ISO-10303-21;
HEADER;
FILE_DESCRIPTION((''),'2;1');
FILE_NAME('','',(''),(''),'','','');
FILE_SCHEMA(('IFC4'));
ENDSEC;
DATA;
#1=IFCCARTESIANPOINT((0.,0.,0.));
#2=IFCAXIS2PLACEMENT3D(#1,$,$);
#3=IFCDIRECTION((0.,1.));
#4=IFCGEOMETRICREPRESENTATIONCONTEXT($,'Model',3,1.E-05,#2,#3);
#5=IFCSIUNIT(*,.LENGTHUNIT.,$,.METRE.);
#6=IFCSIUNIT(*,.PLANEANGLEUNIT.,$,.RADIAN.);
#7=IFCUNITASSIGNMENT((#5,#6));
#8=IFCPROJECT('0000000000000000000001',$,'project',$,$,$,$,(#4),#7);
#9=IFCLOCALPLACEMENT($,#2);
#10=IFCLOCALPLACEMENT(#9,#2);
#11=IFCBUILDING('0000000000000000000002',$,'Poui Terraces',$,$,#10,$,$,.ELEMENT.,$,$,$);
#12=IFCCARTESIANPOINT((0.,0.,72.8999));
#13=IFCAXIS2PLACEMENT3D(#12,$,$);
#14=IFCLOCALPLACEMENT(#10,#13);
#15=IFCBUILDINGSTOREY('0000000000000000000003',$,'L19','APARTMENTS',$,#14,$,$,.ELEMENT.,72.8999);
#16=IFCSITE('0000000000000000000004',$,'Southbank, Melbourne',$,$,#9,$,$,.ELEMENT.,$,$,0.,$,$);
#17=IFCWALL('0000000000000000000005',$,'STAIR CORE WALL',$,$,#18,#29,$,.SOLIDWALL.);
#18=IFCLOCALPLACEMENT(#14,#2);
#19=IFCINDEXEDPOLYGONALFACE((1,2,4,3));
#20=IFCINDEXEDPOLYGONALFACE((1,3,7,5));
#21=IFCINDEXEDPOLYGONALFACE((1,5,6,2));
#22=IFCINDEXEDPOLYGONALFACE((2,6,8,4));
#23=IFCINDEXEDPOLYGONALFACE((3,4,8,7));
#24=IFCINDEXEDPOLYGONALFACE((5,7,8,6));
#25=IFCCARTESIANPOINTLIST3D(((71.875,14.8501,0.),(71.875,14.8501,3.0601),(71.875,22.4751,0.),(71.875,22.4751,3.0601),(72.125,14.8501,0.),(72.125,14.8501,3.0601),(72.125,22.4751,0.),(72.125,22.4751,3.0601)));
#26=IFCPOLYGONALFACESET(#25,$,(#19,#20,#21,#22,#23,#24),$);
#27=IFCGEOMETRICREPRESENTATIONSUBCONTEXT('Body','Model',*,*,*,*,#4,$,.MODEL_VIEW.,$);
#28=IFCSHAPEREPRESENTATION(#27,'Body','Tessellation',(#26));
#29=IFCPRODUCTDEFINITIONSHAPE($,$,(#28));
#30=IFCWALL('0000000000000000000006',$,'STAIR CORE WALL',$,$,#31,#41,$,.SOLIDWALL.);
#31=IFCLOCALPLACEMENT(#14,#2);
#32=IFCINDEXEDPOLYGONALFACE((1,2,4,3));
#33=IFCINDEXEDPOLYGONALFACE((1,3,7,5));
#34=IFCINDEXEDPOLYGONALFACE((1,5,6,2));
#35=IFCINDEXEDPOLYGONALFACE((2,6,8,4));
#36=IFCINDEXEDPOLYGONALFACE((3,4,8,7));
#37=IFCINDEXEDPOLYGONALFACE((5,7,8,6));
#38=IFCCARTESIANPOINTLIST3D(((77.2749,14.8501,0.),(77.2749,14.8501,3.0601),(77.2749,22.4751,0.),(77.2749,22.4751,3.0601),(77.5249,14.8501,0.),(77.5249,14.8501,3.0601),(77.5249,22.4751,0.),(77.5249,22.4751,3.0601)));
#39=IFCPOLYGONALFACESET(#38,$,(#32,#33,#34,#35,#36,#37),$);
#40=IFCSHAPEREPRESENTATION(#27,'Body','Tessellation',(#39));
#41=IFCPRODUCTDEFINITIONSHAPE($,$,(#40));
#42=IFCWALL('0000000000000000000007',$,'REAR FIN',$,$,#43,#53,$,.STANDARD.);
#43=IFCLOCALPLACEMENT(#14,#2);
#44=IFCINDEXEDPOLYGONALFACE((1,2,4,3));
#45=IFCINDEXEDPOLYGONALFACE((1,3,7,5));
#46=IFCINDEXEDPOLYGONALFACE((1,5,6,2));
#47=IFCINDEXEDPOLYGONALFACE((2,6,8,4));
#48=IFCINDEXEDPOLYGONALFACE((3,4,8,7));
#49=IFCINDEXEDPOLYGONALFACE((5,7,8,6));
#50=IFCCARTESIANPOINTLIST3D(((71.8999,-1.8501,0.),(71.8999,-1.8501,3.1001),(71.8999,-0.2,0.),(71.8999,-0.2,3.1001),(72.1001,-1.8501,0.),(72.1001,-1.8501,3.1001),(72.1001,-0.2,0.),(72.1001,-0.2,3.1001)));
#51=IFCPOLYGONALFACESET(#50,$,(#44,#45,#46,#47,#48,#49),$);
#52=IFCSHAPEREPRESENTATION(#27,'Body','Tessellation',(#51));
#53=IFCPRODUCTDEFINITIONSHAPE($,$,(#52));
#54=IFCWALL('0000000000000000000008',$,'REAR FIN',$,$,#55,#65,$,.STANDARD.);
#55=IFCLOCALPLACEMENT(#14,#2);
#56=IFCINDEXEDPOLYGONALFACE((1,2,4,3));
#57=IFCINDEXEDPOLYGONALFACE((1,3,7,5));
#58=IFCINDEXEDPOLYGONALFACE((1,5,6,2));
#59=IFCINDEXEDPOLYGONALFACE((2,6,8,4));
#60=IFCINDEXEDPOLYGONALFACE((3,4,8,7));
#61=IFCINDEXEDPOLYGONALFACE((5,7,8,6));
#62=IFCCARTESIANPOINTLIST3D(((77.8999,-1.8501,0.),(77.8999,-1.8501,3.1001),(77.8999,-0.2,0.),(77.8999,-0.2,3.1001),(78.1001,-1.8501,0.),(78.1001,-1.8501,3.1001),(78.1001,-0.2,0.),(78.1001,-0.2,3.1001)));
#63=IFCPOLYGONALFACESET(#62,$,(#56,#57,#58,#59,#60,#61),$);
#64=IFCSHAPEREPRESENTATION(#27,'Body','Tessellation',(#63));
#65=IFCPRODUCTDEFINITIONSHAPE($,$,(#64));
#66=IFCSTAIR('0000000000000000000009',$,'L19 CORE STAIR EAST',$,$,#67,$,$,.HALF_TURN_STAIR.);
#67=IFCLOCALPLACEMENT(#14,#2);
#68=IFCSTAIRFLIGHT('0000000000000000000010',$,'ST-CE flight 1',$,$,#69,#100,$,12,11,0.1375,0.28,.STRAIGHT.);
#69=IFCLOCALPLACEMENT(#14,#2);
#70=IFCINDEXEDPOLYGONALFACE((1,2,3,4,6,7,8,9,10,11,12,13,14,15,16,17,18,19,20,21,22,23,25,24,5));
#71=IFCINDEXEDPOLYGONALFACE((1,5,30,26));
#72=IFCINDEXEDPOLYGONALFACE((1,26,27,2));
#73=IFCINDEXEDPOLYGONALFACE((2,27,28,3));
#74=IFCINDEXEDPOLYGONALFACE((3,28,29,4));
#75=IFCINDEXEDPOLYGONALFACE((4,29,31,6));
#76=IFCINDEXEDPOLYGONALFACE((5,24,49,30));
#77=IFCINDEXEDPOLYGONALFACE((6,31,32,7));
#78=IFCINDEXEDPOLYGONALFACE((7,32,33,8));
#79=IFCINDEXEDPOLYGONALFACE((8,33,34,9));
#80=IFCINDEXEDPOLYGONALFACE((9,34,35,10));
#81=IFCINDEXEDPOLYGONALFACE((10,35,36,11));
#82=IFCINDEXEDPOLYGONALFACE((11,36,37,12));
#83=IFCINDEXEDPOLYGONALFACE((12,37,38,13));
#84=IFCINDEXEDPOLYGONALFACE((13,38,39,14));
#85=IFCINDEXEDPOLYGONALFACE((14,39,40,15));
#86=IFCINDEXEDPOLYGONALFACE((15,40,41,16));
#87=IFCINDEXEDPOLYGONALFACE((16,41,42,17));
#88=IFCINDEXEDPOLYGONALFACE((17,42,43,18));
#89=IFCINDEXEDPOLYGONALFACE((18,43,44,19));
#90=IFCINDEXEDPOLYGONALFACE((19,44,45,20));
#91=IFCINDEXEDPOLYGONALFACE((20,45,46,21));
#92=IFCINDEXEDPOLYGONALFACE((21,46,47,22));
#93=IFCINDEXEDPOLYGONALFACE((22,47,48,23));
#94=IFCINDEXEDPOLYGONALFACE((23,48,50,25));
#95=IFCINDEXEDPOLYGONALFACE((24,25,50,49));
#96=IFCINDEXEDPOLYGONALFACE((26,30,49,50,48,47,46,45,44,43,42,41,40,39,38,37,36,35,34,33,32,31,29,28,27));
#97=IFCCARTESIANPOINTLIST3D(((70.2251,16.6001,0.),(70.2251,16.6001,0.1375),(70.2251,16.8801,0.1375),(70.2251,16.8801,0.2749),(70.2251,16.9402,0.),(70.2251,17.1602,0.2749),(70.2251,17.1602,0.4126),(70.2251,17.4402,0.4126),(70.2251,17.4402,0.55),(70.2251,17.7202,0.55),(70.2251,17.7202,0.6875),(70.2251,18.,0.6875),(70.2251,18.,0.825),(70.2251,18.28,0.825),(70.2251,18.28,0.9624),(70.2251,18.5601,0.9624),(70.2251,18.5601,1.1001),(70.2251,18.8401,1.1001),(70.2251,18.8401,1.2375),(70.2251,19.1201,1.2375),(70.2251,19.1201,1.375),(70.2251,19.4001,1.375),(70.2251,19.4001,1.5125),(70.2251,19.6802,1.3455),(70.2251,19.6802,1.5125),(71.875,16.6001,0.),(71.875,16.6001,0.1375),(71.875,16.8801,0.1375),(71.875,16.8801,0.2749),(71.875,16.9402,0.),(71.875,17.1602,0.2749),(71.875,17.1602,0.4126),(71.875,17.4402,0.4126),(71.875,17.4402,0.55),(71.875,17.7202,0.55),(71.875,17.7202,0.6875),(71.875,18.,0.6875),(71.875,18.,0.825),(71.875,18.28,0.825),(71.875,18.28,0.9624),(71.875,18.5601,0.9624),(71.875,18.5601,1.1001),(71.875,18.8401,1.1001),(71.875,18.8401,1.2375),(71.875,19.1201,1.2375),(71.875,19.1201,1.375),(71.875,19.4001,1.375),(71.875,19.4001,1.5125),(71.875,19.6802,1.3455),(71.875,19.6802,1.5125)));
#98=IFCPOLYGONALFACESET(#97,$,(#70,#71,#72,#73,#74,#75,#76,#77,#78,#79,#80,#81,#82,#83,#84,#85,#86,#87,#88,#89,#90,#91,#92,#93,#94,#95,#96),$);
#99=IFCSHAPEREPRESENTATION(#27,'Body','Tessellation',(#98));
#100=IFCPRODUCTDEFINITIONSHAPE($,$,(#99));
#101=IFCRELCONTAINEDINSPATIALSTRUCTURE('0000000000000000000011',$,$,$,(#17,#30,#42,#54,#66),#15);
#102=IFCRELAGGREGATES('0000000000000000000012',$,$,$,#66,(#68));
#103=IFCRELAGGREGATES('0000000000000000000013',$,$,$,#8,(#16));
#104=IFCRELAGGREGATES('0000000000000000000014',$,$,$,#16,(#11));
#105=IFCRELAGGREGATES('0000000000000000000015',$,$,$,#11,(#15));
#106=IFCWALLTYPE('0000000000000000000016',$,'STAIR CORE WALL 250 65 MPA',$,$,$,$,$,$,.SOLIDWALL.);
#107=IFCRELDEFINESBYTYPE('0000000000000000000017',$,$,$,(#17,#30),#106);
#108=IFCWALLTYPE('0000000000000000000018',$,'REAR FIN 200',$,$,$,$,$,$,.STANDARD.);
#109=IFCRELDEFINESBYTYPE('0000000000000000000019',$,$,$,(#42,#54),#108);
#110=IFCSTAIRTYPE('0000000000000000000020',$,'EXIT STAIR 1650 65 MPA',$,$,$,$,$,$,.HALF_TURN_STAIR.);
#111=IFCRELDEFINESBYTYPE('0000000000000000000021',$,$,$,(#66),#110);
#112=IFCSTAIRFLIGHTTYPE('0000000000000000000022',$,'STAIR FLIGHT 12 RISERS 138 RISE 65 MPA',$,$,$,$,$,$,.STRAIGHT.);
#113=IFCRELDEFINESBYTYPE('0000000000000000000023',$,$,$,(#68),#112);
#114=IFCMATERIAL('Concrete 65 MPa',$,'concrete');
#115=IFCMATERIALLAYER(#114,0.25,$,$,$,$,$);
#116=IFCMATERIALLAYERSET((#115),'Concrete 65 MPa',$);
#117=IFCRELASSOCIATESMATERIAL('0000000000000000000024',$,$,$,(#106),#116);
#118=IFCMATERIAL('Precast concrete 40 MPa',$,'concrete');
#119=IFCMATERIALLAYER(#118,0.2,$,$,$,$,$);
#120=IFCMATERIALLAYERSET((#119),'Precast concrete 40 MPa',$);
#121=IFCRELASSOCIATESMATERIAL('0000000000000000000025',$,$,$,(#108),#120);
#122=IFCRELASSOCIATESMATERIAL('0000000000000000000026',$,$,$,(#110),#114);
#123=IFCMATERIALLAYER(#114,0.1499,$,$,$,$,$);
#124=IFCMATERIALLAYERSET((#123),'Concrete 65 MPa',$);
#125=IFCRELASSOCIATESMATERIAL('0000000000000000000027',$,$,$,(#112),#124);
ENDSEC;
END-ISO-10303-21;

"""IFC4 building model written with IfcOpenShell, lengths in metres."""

from ifc_helpers import new_model, si_unit, direction, frame, frame_2d, origin, place, context, subcontext, project, spatial, polyline, rectangle, outline, extrude, source, transform, mapped, material, layer, layer_set, type_object, element, aggregate, save


model = new_model("IFC4")

# Units and contexts
model_context = context("Model", 3, precision=1e-05, world=origin(), true_north=direction((0.0, 1.0)))
body_context = subcontext(model_context, "Body", "Model", "MODEL_VIEW")
ifc_project = project(units=[si_unit("LENGTHUNIT", "METRE"), si_unit("PLANEANGLEUNIT", "RADIAN")], contexts=[model_context])

# Site, building, storey
site_placement = place(None, origin())
site = spatial("IfcSite", under=ifc_project, at=site_placement, Name="Southbank, Melbourne", CompositionType="ELEMENT", RefElevation=0.0)
building_placement = place(site_placement, origin())
building = spatial("IfcBuilding", under=site, at=building_placement, Name="Poui Terraces", CompositionType="ELEMENT")
storey_placement = place(building_placement, frame((0.0, 0.0, 72.8999)))
storey = spatial("IfcBuildingStorey", under=building, at=storey_placement, Name="L19", Description="APARTMENTS", CompositionType="ELEMENT", Elevation=72.8999)

# Shared definitions
ifc_material_1 = material(Name="Concrete 65 MPa", Category="concrete")

# Shared definitions
ifc_material_2 = material(Name="Precast concrete 40 MPa", Category="concrete")

# Walls
ifc_layer_1 = layer(ifc_material_1, 0.25)
ifc_layer_set_1 = layer_set([ifc_layer_1], Name="Concrete 65 MPa")
wall_type_1 = type_object("IfcWallType", Name="STAIR CORE WALL 250 65 MPA", PredefinedType="SOLIDWALL", material=ifc_layer_set_1)
for number, where, z_axis, x_axis, name in (
    (1, (72.0, 14.8501, 0.0), (0.0, 0.0, 1.0), (0.0, 1.0, 0.0), "STAIR CORE WALL"),
    (2, (77.3999, 14.8501, 0.0), (0.0, 0.0, 1.0), (0.0, 1.0, 0.0), "STAIR CORE WALL"),
):
    element("IfcWall", number, at=place(storey_placement, frame(where, z_axis=z_axis, x_axis=x_axis)), inside=storey, type_object=wall_type_1, Name=name, PredefinedType="SOLIDWALL", context=body_context, shape_type="SweptSolid", body=[
        extrude(rectangle(XDim=7.625, YDim=0.25, at=frame_2d((3.8125, 0.0))), origin(), (0.0, 0.0, 1.0), 3.0601),
    ])
ifc_layer_2 = layer(ifc_material_2, 0.2)
ifc_layer_set_2 = layer_set([ifc_layer_2], Name="Precast concrete 40 MPa")
wall_type_2 = type_object("IfcWallType", Name="REAR FIN 200", PredefinedType="STANDARD", material=ifc_layer_set_2)
shared_shape_1 = source(origin(), body_context, "Body", "SweptSolid", [
    extrude(outline(polyline([(0.0, 0.0), (0.2002, 0.0), (0.2002, 1.6501), (0.0, 1.6501), (0.0, 0.0)])), origin(), (0.0, 0.0, 1.0), 3.1001),
])
for number, where, name in (
    (3, (71.8999, -1.8501, 0.0), "REAR FIN"),
    (4, (77.8999, -1.8501, 0.0), "REAR FIN"),
):
    element("IfcWall", number, at=place(storey_placement, frame(where)), inside=storey, type_object=wall_type_2, Name=name, PredefinedType="STANDARD", context=body_context, shape_type="MappedRepresentation", body=[
        mapped(shared_shape_1, transform((0.0, 0.0, 0.0))),
    ])

# Stair, stair flight
stair_type = type_object("IfcStairType", Name="EXIT STAIR 1650 65 MPA", PredefinedType="HALF_TURN_STAIR", material=ifc_material_1)
stair_placement = place(storey_placement, origin())
stair = element("IfcStair", 5, at=stair_placement, inside=storey, type_object=stair_type, Name="L19 CORE STAIR EAST", PredefinedType="HALF_TURN_STAIR")
ifc_layer_3 = layer(ifc_material_1, 0.1499)
ifc_layer_set_3 = layer_set([ifc_layer_3], Name="Concrete 65 MPa")
stair_flight_type = type_object("IfcStairFlightType", Name="STAIR FLIGHT 12 RISERS 138 RISE 65 MPA", PredefinedType="STRAIGHT", material=ifc_layer_set_3)
stair_flight_placement = place(storey_placement, frame((71.05, 16.6001, 0.0), z_axis=(0.0, 0.0, 1.0), x_axis=(0.0, 1.0, 0.0)))
stair_flight = element("IfcStairFlight", 6, at=stair_flight_placement, type_object=stair_flight_type, Name="ST-CE flight 1", NumberOfRisers=12, NumberOfTreads=11, PredefinedType="STRAIGHT", RiserHeight=0.1375, TreadLength=0.28, context=body_context, shape_type="SweptSolid", body=[
    extrude(outline(polyline([(0.0, 0.0), (0.0, 0.1375), (0.28, 0.1375), (0.28, 0.2749), (0.5601, 0.2749), (0.5601, 0.4126), (0.8401, 0.4126), (0.8401, 0.55), (1.1201, 0.55), (1.1201, 0.6875), (1.3999, 0.6875), (1.3999, 0.825), (1.6799, 0.825), (1.6799, 0.9624), (1.96, 0.9624), (1.96, 1.1001), (2.24, 1.1001), (2.24, 1.2375), (2.52, 1.2375), (2.52, 1.375), (2.8, 1.375), (2.8, 1.5125), (3.0801, 1.5125), (3.0801, 1.6499), (3.0801, 1.3455), (0.3401, 0.0), (0.0, 0.0)])), frame((0.0, 0.825, 0.0), z_axis=(0.0, -1.0, 0.0), x_axis=(1.0, 0.0, 0.0)), (0.0, 0.0, 1.0), 1.6499),
])
aggregate(stair, [stair_flight])

save(model, "model.ifc")
